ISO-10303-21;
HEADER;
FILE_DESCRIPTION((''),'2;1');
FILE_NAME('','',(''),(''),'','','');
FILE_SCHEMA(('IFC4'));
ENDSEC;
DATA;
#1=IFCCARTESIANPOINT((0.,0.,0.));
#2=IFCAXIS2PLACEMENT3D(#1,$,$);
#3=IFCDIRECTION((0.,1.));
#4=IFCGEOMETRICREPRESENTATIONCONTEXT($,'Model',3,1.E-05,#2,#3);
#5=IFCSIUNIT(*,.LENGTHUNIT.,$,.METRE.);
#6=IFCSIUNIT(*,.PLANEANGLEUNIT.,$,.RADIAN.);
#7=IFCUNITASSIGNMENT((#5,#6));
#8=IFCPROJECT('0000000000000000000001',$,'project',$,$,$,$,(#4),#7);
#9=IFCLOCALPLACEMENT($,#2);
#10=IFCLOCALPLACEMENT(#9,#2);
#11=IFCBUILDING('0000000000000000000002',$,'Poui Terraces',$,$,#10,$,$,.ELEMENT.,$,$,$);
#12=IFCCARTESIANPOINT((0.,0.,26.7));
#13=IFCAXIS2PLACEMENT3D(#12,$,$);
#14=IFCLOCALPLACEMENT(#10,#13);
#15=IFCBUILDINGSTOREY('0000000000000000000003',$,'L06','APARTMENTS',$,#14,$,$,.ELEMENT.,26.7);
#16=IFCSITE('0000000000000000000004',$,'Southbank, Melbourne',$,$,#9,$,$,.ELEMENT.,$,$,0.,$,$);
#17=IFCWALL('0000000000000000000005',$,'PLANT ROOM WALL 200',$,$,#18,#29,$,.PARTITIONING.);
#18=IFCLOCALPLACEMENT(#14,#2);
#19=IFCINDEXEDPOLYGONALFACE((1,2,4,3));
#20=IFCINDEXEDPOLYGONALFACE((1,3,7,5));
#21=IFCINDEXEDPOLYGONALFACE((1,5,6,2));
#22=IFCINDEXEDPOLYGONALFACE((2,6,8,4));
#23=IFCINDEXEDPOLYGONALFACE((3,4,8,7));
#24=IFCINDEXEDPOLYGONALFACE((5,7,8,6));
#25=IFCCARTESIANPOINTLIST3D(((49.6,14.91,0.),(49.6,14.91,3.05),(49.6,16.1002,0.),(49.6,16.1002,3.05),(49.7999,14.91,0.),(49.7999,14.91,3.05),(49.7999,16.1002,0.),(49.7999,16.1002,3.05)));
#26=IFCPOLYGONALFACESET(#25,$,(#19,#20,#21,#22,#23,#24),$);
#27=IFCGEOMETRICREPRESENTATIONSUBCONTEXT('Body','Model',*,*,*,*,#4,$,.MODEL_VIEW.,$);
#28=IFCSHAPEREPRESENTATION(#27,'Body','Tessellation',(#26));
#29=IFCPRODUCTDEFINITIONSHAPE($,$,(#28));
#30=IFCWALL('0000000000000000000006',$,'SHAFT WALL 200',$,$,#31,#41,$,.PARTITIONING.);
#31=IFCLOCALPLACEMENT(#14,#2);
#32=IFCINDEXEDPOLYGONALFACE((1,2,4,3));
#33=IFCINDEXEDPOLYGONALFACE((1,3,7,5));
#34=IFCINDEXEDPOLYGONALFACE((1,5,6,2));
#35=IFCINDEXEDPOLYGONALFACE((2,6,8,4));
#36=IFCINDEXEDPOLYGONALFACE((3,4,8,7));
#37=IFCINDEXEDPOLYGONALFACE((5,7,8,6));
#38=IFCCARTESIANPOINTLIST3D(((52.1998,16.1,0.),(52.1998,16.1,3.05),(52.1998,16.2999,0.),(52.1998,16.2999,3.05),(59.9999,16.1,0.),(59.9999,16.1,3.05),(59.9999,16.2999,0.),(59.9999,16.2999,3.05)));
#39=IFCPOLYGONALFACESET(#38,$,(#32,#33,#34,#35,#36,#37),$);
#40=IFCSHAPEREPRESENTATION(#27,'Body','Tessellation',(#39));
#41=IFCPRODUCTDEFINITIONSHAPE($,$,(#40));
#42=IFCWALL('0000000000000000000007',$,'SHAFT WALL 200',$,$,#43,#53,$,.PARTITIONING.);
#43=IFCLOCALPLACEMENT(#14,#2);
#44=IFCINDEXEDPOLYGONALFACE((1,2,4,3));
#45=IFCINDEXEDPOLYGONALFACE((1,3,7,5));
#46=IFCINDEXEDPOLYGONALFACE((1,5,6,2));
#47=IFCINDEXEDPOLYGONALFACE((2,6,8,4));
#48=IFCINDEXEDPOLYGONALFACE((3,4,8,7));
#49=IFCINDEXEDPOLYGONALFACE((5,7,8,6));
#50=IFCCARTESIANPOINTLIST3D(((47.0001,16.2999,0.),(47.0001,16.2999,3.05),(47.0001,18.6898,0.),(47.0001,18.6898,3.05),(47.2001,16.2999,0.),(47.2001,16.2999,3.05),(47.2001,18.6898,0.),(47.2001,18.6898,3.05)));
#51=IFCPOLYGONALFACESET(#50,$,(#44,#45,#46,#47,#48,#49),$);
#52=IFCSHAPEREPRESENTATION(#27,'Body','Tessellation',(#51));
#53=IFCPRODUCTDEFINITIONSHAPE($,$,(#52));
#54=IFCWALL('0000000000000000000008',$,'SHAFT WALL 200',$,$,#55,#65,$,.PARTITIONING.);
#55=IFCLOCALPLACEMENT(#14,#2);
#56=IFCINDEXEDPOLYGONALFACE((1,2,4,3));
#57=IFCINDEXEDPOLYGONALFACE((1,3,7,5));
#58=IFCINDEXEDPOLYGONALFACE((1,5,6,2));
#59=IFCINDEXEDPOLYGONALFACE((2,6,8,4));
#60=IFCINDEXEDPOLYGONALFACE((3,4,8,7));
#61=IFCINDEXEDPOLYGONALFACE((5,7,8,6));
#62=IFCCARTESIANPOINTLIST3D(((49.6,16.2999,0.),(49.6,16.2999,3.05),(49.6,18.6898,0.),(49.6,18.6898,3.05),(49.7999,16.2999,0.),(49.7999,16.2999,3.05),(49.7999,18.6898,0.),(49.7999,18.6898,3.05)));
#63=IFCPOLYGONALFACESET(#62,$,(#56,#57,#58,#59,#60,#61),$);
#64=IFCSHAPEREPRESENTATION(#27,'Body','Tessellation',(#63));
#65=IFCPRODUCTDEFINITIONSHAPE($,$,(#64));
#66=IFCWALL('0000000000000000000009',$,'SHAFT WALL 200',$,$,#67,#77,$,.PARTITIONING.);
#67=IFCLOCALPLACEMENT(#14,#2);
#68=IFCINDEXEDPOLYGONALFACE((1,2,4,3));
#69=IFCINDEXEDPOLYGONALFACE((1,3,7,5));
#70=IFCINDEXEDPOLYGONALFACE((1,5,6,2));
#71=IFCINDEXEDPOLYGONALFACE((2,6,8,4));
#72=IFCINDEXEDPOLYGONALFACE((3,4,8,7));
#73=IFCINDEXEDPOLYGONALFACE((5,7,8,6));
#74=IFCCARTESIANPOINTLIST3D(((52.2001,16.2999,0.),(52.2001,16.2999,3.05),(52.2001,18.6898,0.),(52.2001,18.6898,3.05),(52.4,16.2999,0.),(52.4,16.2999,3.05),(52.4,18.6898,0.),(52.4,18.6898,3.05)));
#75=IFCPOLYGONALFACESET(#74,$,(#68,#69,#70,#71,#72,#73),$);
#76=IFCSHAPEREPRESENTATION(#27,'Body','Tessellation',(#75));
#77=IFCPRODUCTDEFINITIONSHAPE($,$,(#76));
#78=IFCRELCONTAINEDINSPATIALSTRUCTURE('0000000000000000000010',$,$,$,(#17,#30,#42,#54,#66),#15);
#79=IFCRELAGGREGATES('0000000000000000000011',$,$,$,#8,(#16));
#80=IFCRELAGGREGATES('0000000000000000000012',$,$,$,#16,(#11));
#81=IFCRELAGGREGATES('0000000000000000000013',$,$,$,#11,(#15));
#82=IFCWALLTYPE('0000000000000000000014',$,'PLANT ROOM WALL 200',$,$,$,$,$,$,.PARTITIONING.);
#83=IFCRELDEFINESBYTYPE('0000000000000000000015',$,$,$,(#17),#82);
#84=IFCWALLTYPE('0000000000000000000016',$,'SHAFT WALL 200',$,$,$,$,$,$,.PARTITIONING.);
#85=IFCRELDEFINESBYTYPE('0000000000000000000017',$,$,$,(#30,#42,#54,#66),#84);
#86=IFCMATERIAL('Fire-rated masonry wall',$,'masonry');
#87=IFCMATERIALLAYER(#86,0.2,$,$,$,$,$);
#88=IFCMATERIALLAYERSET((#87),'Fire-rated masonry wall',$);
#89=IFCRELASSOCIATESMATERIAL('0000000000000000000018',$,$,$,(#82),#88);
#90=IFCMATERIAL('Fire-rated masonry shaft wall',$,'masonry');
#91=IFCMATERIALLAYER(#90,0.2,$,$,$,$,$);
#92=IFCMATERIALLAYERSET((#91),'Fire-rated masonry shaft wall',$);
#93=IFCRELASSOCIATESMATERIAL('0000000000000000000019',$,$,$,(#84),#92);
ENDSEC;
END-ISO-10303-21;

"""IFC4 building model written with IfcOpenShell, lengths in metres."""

from ifc_helpers import new_model, si_unit, direction, frame, frame_2d, origin, place, context, subcontext, project, spatial, rectangle, extrude, material, layer, layer_set, type_object, element, save


model = new_model("IFC4")

# Units and contexts
model_context = context("Model", 3, precision=1e-05, world=origin(), true_north=direction((0.0, 1.0)))
body_context = subcontext(model_context, "Body", "Model", "MODEL_VIEW")
ifc_project = project(units=[si_unit("LENGTHUNIT", "METRE"), si_unit("PLANEANGLEUNIT", "RADIAN")], contexts=[model_context])

# Site, building, storey
site_placement = place(None, origin())
site = spatial("IfcSite", under=ifc_project, at=site_placement, Name="Southbank, Melbourne", CompositionType="ELEMENT", RefElevation=0.0)
building_placement = place(site_placement, origin())
building = spatial("IfcBuilding", under=site, at=building_placement, Name="Poui Terraces", CompositionType="ELEMENT")
storey_placement = place(building_placement, frame((0.0, 0.0, 26.7)))
storey = spatial("IfcBuildingStorey", under=building, at=storey_placement, Name="L06", Description="APARTMENTS", CompositionType="ELEMENT", Elevation=26.7)

# Walls
ifc_material_1 = material(Name="Fire-rated masonry wall", Category="masonry")
ifc_layer_1 = layer(ifc_material_1, 0.2)
ifc_layer_set_1 = layer_set([ifc_layer_1], Name="Fire-rated masonry wall")
wall_type_1 = type_object("IfcWallType", Name="PLANT ROOM WALL 200", PredefinedType="PARTITIONING", material=ifc_layer_set_1)
wall_1_placement = place(storey_placement, frame((49.7, 14.9099, 0.0), z_axis=(0.0, 0.0, 1.0), x_axis=(0.0, 1.0, 0.0)))
element("IfcWall", 1, at=wall_1_placement, inside=storey, type_object=wall_type_1, Name="PLANT ROOM WALL 200", PredefinedType="PARTITIONING", context=body_context, shape_type="SweptSolid", body=[
    extrude(rectangle(XDim=1.1902, YDim=0.2, at=frame_2d((0.5952, 0.0))), origin(), (0.0, 0.0, 1.0), 3.05),
])
ifc_material_2 = material(Name="Fire-rated masonry shaft wall", Category="masonry")
ifc_layer_2 = layer(ifc_material_2, 0.2)
ifc_layer_set_2 = layer_set([ifc_layer_2], Name="Fire-rated masonry shaft wall")
wall_type_2 = type_object("IfcWallType", Name="SHAFT WALL 200", PredefinedType="PARTITIONING", material=ifc_layer_set_2)
wall_2_placement = place(storey_placement, frame((52.2, 16.2, 0.0), z_axis=(0.0, 0.0, 1.0), x_axis=(1.0, 0.0, 0.0)))
element("IfcWall", 2, at=wall_2_placement, inside=storey, type_object=wall_type_2, Name="SHAFT WALL 200", PredefinedType="PARTITIONING", context=body_context, shape_type="SweptSolid", body=[
    extrude(rectangle(XDim=7.8, YDim=0.2, at=frame_2d((3.8999, 0.0))), origin(), (0.0, 0.0, 1.0), 3.05),
])
for number, where, z_axis, x_axis, name in (
    (3, (47.1001, 16.3, 0.0), (0.0, 0.0, 1.0), (0.0, 1.0, 0.0), "SHAFT WALL 200"),
    (4, (49.7, 16.3, 0.0), (0.0, 0.0, 1.0), (0.0, 1.0, 0.0), "SHAFT WALL 200"),
    (5, (52.3, 16.3, 0.0), (0.0, 0.0, 1.0), (0.0, 1.0, 0.0), "SHAFT WALL 200"),
):
    element("IfcWall", number, at=place(storey_placement, frame(where, z_axis=z_axis, x_axis=x_axis)), inside=storey, type_object=wall_type_2, Name=name, PredefinedType="PARTITIONING", context=body_context, shape_type="SweptSolid", body=[
        extrude(rectangle(XDim=2.3899, YDim=0.2, at=frame_2d((1.1948, 0.0))), origin(), (0.0, 0.0, 1.0), 3.05),
    ])

save(model, "model.ifc")
